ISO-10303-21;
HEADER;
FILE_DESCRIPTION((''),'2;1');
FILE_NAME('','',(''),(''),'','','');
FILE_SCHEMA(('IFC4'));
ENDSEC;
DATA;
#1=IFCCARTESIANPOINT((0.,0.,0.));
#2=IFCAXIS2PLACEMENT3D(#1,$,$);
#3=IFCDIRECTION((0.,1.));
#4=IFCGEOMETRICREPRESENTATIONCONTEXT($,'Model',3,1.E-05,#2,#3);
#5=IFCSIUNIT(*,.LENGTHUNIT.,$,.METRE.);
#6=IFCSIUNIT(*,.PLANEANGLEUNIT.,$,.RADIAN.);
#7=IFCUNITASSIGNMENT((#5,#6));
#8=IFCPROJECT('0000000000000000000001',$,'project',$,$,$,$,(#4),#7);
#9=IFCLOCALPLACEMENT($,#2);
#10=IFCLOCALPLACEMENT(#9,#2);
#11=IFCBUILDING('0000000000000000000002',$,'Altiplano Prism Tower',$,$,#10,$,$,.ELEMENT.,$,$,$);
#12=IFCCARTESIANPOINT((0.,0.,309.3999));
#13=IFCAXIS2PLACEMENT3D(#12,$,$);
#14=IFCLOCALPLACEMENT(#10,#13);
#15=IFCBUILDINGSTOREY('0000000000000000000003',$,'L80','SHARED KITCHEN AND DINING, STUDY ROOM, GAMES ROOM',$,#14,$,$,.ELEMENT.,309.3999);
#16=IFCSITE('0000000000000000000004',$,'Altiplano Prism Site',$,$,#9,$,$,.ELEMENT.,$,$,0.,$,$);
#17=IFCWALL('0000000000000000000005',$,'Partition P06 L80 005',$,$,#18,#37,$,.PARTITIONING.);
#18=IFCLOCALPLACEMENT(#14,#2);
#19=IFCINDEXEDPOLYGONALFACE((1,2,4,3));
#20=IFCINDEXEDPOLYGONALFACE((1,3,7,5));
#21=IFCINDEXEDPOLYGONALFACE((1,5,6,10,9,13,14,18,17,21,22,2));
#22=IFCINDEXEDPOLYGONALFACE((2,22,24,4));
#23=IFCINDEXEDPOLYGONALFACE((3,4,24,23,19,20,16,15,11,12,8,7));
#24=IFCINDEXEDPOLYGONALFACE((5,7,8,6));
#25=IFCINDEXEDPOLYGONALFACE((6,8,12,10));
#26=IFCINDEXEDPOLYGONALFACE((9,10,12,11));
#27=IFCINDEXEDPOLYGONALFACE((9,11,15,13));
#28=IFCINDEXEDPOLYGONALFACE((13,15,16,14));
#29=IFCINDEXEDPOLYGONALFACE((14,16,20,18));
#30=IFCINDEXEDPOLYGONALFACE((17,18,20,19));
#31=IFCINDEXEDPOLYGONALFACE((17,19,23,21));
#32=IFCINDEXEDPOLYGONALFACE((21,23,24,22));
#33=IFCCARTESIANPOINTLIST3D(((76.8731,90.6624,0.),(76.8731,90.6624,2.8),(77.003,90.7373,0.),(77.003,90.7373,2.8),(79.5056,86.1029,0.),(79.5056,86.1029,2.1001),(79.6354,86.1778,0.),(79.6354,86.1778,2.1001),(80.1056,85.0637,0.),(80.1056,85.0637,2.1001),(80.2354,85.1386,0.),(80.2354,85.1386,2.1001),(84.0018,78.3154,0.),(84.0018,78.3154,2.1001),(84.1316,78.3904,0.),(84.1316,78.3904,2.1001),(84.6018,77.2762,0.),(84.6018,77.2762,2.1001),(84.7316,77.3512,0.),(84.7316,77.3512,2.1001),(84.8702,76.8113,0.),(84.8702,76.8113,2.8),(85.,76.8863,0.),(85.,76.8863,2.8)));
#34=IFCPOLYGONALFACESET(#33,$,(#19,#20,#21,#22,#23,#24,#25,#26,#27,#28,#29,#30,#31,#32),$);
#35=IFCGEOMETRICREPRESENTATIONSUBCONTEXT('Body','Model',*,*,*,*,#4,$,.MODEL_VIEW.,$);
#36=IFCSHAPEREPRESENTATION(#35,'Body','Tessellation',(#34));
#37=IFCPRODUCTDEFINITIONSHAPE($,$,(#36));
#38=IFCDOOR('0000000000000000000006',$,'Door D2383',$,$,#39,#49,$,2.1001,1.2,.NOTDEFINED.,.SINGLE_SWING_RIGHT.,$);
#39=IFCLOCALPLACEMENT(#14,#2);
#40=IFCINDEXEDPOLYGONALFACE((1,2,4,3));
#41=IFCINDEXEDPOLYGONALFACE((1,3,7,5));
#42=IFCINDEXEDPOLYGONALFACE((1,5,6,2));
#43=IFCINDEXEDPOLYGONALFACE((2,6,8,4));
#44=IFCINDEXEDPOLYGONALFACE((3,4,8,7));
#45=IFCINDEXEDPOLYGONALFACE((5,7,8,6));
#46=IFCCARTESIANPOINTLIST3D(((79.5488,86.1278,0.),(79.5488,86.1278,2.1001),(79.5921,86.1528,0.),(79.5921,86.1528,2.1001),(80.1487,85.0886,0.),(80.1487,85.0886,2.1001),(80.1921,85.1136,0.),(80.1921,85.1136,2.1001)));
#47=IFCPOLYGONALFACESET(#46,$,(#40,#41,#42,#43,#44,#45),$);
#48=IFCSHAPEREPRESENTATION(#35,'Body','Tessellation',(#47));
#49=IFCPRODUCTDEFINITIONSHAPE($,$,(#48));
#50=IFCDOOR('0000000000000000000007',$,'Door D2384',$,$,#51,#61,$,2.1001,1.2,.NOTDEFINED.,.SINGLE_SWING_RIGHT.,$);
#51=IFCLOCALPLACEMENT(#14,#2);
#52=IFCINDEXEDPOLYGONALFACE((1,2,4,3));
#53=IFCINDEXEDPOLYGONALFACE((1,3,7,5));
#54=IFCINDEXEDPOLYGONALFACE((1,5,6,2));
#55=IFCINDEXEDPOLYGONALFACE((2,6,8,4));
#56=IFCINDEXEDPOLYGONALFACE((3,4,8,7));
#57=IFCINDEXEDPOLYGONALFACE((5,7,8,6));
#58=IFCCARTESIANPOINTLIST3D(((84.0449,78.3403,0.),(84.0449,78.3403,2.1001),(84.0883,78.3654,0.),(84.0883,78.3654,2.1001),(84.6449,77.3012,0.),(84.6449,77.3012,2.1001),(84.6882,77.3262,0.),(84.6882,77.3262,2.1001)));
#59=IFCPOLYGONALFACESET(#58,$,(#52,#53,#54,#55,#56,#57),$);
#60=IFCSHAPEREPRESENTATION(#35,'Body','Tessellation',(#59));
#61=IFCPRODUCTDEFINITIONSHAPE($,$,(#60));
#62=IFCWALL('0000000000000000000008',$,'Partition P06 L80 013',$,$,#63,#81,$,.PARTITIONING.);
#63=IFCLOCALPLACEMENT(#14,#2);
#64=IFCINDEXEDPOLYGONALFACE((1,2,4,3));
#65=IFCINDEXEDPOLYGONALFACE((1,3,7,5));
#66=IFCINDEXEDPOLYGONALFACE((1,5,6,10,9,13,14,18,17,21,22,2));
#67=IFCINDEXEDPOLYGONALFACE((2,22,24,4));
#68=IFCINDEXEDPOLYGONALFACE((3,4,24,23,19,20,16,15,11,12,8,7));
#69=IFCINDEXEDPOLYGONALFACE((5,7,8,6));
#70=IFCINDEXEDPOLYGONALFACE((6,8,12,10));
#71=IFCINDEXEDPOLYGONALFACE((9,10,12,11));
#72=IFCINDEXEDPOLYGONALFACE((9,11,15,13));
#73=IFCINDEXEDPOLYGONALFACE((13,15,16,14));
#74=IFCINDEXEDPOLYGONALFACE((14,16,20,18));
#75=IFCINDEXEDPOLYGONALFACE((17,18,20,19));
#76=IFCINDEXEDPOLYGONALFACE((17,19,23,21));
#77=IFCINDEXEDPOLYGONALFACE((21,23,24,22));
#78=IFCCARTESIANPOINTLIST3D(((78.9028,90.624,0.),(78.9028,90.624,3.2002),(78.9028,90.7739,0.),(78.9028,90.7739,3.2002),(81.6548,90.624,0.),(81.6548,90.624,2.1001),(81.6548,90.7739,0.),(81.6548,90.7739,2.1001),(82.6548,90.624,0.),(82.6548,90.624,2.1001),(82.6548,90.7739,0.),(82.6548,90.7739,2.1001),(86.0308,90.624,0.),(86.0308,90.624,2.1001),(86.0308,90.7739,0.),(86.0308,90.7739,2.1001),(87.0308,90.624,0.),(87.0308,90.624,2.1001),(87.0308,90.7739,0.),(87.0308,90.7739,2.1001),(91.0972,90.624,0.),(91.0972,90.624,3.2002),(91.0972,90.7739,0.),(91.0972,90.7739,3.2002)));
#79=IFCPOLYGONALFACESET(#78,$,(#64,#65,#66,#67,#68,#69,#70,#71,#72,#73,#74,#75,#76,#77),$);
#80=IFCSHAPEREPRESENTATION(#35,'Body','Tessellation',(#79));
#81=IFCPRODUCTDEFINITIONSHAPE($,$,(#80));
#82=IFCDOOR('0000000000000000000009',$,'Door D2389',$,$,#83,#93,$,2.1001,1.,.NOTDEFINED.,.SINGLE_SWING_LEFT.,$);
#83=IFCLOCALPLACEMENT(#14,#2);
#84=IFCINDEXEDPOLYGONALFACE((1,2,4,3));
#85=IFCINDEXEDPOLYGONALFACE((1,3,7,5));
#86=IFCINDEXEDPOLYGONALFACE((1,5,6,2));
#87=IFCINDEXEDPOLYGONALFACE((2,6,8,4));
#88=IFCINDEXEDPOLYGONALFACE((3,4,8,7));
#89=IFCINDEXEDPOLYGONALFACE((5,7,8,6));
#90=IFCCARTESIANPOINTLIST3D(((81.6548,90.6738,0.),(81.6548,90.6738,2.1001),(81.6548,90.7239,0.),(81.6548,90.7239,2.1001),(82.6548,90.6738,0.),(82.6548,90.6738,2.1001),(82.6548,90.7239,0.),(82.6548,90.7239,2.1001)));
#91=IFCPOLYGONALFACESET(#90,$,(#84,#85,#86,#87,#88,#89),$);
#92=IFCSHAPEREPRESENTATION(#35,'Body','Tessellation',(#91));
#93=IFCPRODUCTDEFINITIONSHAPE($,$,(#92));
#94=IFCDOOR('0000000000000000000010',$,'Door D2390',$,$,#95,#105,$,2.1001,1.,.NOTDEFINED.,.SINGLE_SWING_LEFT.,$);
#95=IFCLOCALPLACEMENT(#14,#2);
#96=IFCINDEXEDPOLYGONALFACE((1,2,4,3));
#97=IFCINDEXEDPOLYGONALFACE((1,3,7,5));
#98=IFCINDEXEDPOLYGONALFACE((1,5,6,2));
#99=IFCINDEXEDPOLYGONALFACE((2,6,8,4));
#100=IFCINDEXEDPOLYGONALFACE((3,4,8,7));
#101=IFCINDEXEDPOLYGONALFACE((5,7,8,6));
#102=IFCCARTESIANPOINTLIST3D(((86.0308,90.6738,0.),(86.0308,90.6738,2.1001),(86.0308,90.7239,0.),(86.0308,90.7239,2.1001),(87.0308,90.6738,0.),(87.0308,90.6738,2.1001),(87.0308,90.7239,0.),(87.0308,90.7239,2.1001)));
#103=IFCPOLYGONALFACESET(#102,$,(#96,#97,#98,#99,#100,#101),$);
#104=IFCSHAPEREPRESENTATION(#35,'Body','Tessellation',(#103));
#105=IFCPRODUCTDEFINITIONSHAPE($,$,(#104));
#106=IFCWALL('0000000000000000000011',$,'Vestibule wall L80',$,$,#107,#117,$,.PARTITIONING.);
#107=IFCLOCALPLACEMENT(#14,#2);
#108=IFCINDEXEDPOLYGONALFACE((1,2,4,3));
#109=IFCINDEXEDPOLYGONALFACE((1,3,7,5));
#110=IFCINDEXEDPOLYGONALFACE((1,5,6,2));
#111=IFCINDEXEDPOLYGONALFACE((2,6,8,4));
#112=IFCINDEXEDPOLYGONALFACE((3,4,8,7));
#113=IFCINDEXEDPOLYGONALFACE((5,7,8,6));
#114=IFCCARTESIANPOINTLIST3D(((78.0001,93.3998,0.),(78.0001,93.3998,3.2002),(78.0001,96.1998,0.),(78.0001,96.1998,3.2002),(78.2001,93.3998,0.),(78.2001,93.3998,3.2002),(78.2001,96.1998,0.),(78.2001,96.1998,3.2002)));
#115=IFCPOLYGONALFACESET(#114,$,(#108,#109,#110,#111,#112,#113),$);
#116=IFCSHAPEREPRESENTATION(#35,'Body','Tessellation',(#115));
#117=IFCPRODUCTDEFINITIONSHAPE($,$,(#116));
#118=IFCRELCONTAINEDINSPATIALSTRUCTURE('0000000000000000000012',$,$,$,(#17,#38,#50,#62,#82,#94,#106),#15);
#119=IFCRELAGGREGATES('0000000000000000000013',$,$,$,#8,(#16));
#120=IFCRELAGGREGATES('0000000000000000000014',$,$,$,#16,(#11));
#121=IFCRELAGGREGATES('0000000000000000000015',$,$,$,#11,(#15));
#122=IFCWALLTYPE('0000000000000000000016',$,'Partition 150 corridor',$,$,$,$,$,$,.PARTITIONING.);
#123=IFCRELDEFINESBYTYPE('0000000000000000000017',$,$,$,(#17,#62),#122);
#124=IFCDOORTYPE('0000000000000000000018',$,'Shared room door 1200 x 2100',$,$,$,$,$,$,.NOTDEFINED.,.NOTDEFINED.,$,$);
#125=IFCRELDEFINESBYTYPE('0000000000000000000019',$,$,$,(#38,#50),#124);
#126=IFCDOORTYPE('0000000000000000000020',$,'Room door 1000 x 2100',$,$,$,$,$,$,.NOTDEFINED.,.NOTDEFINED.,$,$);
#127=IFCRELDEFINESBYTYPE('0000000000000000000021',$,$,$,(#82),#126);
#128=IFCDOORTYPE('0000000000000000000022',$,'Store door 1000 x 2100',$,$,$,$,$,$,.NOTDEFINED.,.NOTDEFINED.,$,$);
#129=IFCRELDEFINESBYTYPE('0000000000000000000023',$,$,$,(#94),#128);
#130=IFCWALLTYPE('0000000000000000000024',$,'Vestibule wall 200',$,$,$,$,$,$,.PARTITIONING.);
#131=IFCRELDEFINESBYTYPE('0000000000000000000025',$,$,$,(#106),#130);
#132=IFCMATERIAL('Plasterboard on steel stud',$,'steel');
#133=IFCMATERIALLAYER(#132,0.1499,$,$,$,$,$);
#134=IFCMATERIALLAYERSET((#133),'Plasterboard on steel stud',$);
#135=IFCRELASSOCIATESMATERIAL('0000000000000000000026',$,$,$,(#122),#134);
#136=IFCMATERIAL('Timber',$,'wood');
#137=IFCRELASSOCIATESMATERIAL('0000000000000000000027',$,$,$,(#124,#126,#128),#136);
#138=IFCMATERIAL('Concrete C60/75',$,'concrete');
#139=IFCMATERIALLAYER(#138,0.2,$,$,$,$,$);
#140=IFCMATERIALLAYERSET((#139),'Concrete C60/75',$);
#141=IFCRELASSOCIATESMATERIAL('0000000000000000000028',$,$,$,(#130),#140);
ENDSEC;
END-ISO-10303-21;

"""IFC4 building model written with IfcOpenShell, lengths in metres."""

from ifc_helpers import new_model, si_unit, direction, frame, frame_2d, origin, place, context, subcontext, project, spatial, rectangle, extrude, material, layer, layer_set, type_object, element, fill, save


model = new_model("IFC4")

# Units and contexts
model_context = context("Model", 3, precision=1e-05, world=origin(), true_north=direction((0.0, 1.0)))
body_context = subcontext(model_context, "Body", "Model", "MODEL_VIEW")
ifc_project = project(units=[si_unit("LENGTHUNIT", "METRE"), si_unit("PLANEANGLEUNIT", "RADIAN")], contexts=[model_context])

# Site, building, storey
site_placement = place(None, origin())
site = spatial("IfcSite", under=ifc_project, at=site_placement, Name="Altiplano Prism Site", CompositionType="ELEMENT", RefElevation=0.0)
building_placement = place(site_placement, origin())
building = spatial("IfcBuilding", under=site, at=building_placement, Name="Altiplano Prism Tower", CompositionType="ELEMENT")
storey_placement = place(building_placement, frame((0.0, 0.0, 309.3999)))
storey = spatial("IfcBuildingStorey", under=building, at=storey_placement, Name="L80", Description="SHARED KITCHEN AND DINING, STUDY ROOM, GAMES ROOM", CompositionType="ELEMENT", Elevation=309.3999)

# Shared definitions
ifc_material_1 = material(Name="Concrete C60/75", Category="concrete")

# Walls, openings, doors
ifc_material_2 = material(Name="Plasterboard on steel stud", Category="steel")
ifc_layer_1 = layer(ifc_material_2, 0.1499)
ifc_layer_set_1 = layer_set([ifc_layer_1], Name="Plasterboard on steel stud")
wall_type_1 = type_object("IfcWallType", Name="Partition 150 corridor", PredefinedType="PARTITIONING", material=ifc_layer_set_1)
wall_1_placement = place(storey_placement, frame((76.938, 90.7, 0.0), z_axis=(0.0, 0.0, 1.0), x_axis=(0.500007, -0.866021, 0.0)))
wall_1 = element("IfcWall", 1, at=wall_1_placement, inside=storey, type_object=wall_type_1, Name="Partition P06 L80 005", PredefinedType="PARTITIONING", context=body_context, shape_type="SweptSolid", body=[
    extrude(rectangle(XDim=15.9939, YDim=0.1499, at=frame_2d((7.9971, 0.0))), origin(), (0.0, 0.0, 1.0), 2.8),
])
opening_1_placement = place(wall_1_placement, frame((5.2649, 0.0, 0.0)))
opening_1 = element("IfcOpeningElement", 2, at=opening_1_placement, cuts=wall_1, PredefinedType="OPENING", context=body_context, shape_type="SweptSolid", body=[
    extrude(rectangle(XDim=1.2, YDim=2.1001, at=frame_2d((0.6001, 1.05))), frame((0.0, 0.0854, 0.0), z_axis=(0.0, -1.0, 0.0), x_axis=(1.0, 0.0, 0.0)), (0.0, 0.0, 1.0), 0.1709),
])
opening_2_placement = place(wall_1_placement, frame((14.2571, 0.0, 0.0)))
opening_2 = element("IfcOpeningElement", 3, at=opening_2_placement, cuts=wall_1, PredefinedType="OPENING", context=body_context, shape_type="SweptSolid", body=[
    extrude(rectangle(XDim=1.2, YDim=2.1001, at=frame_2d((0.6001, 1.05))), frame((0.0, 0.0854, 0.0), z_axis=(0.0, -1.0, 0.0), x_axis=(1.0, 0.0, 0.0)), (0.0, 0.0, 1.0), 0.1709),
])
ifc_material_3 = material(Name="Timber", Category="wood")
door_type_1 = type_object("IfcDoorType", Name="Shared room door 1200 x 2100", OperationType="NOTDEFINED", PredefinedType="NOTDEFINED", material=ifc_material_3)
door_1_placement = place(opening_1_placement, origin())
door_1 = element("IfcDoor", 4, at=door_1_placement, inside=storey, type_object=door_type_1, Name="Door D2383", OperationType="SINGLE_SWING_RIGHT", OverallHeight=2.1001, OverallWidth=1.2, PredefinedType="NOTDEFINED", context=body_context, shape_type="SweptSolid", body=[
    extrude(rectangle(XDim=1.2, YDim=2.1001, at=frame_2d((0.6001, 1.05))), frame((0.0, 0.0249, 0.0), z_axis=(0.0, -1.0, 0.0), x_axis=(1.0, 0.0, 0.0)), (0.0, 0.0, 1.0), 0.05),
])
fill(opening_1, door_1)
door_2_placement = place(opening_2_placement, origin())
door_2 = element("IfcDoor", 5, at=door_2_placement, inside=storey, type_object=door_type_1, Name="Door D2384", OperationType="SINGLE_SWING_RIGHT", OverallHeight=2.1001, OverallWidth=1.2, PredefinedType="NOTDEFINED", context=body_context, shape_type="SweptSolid", body=[
    extrude(rectangle(XDim=1.2, YDim=2.1001, at=frame_2d((0.6001, 1.05))), frame((0.0, 0.0249, 0.0), z_axis=(0.0, -1.0, 0.0), x_axis=(1.0, 0.0, 0.0)), (0.0, 0.0, 1.0), 0.05),
])
fill(opening_2, door_2)
wall_2_placement = place(storey_placement, frame((78.9028, 90.699, 0.0), z_axis=(0.0, 0.0, 1.0), x_axis=(1.0, 0.0, 0.0)))
wall_2 = element("IfcWall", 6, at=wall_2_placement, inside=storey, type_object=wall_type_1, Name="Partition P06 L80 013", PredefinedType="PARTITIONING", context=body_context, shape_type="SweptSolid", body=[
    extrude(rectangle(XDim=12.1943, YDim=0.1499, at=frame_2d((6.0972, 0.0))), origin(), (0.0, 0.0, 1.0), 3.2002),
])
opening_3_placement = place(wall_2_placement, frame((2.752, 0.0, 0.0)))
opening_3 = element("IfcOpeningElement", 7, at=opening_3_placement, cuts=wall_2, PredefinedType="OPENING", context=body_context, shape_type="SweptSolid", body=[
    extrude(rectangle(XDim=1.0, YDim=2.1001, at=frame_2d((0.5, 1.05))), frame((0.0, 0.0854, 0.0), z_axis=(0.0, -1.0, 0.0), x_axis=(1.0, 0.0, 0.0)), (0.0, 0.0, 1.0), 0.1709),
])
opening_4_placement = place(wall_2_placement, frame((7.1279, 0.0, 0.0)))
opening_4 = element("IfcOpeningElement", 8, at=opening_4_placement, cuts=wall_2, PredefinedType="OPENING", context=body_context, shape_type="SweptSolid", body=[
    extrude(rectangle(XDim=1.0, YDim=2.1001, at=frame_2d((0.5, 1.05))), frame((0.0, 0.0854, 0.0), z_axis=(0.0, -1.0, 0.0), x_axis=(1.0, 0.0, 0.0)), (0.0, 0.0, 1.0), 0.1709),
])
door_type_2 = type_object("IfcDoorType", Name="Room door 1000 x 2100", OperationType="NOTDEFINED", PredefinedType="NOTDEFINED", material=ifc_material_3)
door_3_placement = place(opening_3_placement, origin())
door_3 = element("IfcDoor", 9, at=door_3_placement, inside=storey, type_object=door_type_2, Name="Door D2389", OperationType="SINGLE_SWING_LEFT", OverallHeight=2.1001, OverallWidth=1.0, PredefinedType="NOTDEFINED", context=body_context, shape_type="SweptSolid", body=[
    extrude(rectangle(XDim=1.0, YDim=2.1001, at=frame_2d((0.5, 1.05))), frame((0.0, 0.0249, 0.0), z_axis=(0.0, -1.0, 0.0), x_axis=(1.0, 0.0, 0.0)), (0.0, 0.0, 1.0), 0.05),
])
fill(opening_3, door_3)
door_type_3 = type_object("IfcDoorType", Name="Store door 1000 x 2100", OperationType="NOTDEFINED", PredefinedType="NOTDEFINED", material=ifc_material_3)
door_4_placement = place(opening_4_placement, origin())
door_4 = element("IfcDoor", 10, at=door_4_placement, inside=storey, type_object=door_type_3, Name="Door D2390", OperationType="SINGLE_SWING_LEFT", OverallHeight=2.1001, OverallWidth=1.0, PredefinedType="NOTDEFINED", context=body_context, shape_type="SweptSolid", body=[
    extrude(rectangle(XDim=1.0, YDim=2.1001, at=frame_2d((0.5, 1.05))), frame((0.0, 0.0249, 0.0), z_axis=(0.0, -1.0, 0.0), x_axis=(1.0, 0.0, 0.0)), (0.0, 0.0, 1.0), 0.05),
])
fill(opening_4, door_4)

# Wall
ifc_layer_2 = layer(ifc_material_1, 0.2)
ifc_layer_set_2 = layer_set([ifc_layer_2], Name="Concrete C60/75")
wall_type_2 = type_object("IfcWallType", Name="Vestibule wall 200", PredefinedType="PARTITIONING", material=ifc_layer_set_2)
wall_3_placement = place(storey_placement, frame((78.1001, 93.3999, 0.0), z_axis=(0.0, 0.0, 1.0), x_axis=(0.0, 1.0, 0.0)))
element("IfcWall", 11, at=wall_3_placement, inside=storey, type_object=wall_type_2, Name="Vestibule wall L80", PredefinedType="PARTITIONING", context=body_context, shape_type="SweptSolid", body=[
    extrude(rectangle(XDim=2.8, YDim=0.2, at=frame_2d((1.3999, 0.0))), origin(), (0.0, 0.0, 1.0), 3.2002),
])

save(model, "model.ifc")
